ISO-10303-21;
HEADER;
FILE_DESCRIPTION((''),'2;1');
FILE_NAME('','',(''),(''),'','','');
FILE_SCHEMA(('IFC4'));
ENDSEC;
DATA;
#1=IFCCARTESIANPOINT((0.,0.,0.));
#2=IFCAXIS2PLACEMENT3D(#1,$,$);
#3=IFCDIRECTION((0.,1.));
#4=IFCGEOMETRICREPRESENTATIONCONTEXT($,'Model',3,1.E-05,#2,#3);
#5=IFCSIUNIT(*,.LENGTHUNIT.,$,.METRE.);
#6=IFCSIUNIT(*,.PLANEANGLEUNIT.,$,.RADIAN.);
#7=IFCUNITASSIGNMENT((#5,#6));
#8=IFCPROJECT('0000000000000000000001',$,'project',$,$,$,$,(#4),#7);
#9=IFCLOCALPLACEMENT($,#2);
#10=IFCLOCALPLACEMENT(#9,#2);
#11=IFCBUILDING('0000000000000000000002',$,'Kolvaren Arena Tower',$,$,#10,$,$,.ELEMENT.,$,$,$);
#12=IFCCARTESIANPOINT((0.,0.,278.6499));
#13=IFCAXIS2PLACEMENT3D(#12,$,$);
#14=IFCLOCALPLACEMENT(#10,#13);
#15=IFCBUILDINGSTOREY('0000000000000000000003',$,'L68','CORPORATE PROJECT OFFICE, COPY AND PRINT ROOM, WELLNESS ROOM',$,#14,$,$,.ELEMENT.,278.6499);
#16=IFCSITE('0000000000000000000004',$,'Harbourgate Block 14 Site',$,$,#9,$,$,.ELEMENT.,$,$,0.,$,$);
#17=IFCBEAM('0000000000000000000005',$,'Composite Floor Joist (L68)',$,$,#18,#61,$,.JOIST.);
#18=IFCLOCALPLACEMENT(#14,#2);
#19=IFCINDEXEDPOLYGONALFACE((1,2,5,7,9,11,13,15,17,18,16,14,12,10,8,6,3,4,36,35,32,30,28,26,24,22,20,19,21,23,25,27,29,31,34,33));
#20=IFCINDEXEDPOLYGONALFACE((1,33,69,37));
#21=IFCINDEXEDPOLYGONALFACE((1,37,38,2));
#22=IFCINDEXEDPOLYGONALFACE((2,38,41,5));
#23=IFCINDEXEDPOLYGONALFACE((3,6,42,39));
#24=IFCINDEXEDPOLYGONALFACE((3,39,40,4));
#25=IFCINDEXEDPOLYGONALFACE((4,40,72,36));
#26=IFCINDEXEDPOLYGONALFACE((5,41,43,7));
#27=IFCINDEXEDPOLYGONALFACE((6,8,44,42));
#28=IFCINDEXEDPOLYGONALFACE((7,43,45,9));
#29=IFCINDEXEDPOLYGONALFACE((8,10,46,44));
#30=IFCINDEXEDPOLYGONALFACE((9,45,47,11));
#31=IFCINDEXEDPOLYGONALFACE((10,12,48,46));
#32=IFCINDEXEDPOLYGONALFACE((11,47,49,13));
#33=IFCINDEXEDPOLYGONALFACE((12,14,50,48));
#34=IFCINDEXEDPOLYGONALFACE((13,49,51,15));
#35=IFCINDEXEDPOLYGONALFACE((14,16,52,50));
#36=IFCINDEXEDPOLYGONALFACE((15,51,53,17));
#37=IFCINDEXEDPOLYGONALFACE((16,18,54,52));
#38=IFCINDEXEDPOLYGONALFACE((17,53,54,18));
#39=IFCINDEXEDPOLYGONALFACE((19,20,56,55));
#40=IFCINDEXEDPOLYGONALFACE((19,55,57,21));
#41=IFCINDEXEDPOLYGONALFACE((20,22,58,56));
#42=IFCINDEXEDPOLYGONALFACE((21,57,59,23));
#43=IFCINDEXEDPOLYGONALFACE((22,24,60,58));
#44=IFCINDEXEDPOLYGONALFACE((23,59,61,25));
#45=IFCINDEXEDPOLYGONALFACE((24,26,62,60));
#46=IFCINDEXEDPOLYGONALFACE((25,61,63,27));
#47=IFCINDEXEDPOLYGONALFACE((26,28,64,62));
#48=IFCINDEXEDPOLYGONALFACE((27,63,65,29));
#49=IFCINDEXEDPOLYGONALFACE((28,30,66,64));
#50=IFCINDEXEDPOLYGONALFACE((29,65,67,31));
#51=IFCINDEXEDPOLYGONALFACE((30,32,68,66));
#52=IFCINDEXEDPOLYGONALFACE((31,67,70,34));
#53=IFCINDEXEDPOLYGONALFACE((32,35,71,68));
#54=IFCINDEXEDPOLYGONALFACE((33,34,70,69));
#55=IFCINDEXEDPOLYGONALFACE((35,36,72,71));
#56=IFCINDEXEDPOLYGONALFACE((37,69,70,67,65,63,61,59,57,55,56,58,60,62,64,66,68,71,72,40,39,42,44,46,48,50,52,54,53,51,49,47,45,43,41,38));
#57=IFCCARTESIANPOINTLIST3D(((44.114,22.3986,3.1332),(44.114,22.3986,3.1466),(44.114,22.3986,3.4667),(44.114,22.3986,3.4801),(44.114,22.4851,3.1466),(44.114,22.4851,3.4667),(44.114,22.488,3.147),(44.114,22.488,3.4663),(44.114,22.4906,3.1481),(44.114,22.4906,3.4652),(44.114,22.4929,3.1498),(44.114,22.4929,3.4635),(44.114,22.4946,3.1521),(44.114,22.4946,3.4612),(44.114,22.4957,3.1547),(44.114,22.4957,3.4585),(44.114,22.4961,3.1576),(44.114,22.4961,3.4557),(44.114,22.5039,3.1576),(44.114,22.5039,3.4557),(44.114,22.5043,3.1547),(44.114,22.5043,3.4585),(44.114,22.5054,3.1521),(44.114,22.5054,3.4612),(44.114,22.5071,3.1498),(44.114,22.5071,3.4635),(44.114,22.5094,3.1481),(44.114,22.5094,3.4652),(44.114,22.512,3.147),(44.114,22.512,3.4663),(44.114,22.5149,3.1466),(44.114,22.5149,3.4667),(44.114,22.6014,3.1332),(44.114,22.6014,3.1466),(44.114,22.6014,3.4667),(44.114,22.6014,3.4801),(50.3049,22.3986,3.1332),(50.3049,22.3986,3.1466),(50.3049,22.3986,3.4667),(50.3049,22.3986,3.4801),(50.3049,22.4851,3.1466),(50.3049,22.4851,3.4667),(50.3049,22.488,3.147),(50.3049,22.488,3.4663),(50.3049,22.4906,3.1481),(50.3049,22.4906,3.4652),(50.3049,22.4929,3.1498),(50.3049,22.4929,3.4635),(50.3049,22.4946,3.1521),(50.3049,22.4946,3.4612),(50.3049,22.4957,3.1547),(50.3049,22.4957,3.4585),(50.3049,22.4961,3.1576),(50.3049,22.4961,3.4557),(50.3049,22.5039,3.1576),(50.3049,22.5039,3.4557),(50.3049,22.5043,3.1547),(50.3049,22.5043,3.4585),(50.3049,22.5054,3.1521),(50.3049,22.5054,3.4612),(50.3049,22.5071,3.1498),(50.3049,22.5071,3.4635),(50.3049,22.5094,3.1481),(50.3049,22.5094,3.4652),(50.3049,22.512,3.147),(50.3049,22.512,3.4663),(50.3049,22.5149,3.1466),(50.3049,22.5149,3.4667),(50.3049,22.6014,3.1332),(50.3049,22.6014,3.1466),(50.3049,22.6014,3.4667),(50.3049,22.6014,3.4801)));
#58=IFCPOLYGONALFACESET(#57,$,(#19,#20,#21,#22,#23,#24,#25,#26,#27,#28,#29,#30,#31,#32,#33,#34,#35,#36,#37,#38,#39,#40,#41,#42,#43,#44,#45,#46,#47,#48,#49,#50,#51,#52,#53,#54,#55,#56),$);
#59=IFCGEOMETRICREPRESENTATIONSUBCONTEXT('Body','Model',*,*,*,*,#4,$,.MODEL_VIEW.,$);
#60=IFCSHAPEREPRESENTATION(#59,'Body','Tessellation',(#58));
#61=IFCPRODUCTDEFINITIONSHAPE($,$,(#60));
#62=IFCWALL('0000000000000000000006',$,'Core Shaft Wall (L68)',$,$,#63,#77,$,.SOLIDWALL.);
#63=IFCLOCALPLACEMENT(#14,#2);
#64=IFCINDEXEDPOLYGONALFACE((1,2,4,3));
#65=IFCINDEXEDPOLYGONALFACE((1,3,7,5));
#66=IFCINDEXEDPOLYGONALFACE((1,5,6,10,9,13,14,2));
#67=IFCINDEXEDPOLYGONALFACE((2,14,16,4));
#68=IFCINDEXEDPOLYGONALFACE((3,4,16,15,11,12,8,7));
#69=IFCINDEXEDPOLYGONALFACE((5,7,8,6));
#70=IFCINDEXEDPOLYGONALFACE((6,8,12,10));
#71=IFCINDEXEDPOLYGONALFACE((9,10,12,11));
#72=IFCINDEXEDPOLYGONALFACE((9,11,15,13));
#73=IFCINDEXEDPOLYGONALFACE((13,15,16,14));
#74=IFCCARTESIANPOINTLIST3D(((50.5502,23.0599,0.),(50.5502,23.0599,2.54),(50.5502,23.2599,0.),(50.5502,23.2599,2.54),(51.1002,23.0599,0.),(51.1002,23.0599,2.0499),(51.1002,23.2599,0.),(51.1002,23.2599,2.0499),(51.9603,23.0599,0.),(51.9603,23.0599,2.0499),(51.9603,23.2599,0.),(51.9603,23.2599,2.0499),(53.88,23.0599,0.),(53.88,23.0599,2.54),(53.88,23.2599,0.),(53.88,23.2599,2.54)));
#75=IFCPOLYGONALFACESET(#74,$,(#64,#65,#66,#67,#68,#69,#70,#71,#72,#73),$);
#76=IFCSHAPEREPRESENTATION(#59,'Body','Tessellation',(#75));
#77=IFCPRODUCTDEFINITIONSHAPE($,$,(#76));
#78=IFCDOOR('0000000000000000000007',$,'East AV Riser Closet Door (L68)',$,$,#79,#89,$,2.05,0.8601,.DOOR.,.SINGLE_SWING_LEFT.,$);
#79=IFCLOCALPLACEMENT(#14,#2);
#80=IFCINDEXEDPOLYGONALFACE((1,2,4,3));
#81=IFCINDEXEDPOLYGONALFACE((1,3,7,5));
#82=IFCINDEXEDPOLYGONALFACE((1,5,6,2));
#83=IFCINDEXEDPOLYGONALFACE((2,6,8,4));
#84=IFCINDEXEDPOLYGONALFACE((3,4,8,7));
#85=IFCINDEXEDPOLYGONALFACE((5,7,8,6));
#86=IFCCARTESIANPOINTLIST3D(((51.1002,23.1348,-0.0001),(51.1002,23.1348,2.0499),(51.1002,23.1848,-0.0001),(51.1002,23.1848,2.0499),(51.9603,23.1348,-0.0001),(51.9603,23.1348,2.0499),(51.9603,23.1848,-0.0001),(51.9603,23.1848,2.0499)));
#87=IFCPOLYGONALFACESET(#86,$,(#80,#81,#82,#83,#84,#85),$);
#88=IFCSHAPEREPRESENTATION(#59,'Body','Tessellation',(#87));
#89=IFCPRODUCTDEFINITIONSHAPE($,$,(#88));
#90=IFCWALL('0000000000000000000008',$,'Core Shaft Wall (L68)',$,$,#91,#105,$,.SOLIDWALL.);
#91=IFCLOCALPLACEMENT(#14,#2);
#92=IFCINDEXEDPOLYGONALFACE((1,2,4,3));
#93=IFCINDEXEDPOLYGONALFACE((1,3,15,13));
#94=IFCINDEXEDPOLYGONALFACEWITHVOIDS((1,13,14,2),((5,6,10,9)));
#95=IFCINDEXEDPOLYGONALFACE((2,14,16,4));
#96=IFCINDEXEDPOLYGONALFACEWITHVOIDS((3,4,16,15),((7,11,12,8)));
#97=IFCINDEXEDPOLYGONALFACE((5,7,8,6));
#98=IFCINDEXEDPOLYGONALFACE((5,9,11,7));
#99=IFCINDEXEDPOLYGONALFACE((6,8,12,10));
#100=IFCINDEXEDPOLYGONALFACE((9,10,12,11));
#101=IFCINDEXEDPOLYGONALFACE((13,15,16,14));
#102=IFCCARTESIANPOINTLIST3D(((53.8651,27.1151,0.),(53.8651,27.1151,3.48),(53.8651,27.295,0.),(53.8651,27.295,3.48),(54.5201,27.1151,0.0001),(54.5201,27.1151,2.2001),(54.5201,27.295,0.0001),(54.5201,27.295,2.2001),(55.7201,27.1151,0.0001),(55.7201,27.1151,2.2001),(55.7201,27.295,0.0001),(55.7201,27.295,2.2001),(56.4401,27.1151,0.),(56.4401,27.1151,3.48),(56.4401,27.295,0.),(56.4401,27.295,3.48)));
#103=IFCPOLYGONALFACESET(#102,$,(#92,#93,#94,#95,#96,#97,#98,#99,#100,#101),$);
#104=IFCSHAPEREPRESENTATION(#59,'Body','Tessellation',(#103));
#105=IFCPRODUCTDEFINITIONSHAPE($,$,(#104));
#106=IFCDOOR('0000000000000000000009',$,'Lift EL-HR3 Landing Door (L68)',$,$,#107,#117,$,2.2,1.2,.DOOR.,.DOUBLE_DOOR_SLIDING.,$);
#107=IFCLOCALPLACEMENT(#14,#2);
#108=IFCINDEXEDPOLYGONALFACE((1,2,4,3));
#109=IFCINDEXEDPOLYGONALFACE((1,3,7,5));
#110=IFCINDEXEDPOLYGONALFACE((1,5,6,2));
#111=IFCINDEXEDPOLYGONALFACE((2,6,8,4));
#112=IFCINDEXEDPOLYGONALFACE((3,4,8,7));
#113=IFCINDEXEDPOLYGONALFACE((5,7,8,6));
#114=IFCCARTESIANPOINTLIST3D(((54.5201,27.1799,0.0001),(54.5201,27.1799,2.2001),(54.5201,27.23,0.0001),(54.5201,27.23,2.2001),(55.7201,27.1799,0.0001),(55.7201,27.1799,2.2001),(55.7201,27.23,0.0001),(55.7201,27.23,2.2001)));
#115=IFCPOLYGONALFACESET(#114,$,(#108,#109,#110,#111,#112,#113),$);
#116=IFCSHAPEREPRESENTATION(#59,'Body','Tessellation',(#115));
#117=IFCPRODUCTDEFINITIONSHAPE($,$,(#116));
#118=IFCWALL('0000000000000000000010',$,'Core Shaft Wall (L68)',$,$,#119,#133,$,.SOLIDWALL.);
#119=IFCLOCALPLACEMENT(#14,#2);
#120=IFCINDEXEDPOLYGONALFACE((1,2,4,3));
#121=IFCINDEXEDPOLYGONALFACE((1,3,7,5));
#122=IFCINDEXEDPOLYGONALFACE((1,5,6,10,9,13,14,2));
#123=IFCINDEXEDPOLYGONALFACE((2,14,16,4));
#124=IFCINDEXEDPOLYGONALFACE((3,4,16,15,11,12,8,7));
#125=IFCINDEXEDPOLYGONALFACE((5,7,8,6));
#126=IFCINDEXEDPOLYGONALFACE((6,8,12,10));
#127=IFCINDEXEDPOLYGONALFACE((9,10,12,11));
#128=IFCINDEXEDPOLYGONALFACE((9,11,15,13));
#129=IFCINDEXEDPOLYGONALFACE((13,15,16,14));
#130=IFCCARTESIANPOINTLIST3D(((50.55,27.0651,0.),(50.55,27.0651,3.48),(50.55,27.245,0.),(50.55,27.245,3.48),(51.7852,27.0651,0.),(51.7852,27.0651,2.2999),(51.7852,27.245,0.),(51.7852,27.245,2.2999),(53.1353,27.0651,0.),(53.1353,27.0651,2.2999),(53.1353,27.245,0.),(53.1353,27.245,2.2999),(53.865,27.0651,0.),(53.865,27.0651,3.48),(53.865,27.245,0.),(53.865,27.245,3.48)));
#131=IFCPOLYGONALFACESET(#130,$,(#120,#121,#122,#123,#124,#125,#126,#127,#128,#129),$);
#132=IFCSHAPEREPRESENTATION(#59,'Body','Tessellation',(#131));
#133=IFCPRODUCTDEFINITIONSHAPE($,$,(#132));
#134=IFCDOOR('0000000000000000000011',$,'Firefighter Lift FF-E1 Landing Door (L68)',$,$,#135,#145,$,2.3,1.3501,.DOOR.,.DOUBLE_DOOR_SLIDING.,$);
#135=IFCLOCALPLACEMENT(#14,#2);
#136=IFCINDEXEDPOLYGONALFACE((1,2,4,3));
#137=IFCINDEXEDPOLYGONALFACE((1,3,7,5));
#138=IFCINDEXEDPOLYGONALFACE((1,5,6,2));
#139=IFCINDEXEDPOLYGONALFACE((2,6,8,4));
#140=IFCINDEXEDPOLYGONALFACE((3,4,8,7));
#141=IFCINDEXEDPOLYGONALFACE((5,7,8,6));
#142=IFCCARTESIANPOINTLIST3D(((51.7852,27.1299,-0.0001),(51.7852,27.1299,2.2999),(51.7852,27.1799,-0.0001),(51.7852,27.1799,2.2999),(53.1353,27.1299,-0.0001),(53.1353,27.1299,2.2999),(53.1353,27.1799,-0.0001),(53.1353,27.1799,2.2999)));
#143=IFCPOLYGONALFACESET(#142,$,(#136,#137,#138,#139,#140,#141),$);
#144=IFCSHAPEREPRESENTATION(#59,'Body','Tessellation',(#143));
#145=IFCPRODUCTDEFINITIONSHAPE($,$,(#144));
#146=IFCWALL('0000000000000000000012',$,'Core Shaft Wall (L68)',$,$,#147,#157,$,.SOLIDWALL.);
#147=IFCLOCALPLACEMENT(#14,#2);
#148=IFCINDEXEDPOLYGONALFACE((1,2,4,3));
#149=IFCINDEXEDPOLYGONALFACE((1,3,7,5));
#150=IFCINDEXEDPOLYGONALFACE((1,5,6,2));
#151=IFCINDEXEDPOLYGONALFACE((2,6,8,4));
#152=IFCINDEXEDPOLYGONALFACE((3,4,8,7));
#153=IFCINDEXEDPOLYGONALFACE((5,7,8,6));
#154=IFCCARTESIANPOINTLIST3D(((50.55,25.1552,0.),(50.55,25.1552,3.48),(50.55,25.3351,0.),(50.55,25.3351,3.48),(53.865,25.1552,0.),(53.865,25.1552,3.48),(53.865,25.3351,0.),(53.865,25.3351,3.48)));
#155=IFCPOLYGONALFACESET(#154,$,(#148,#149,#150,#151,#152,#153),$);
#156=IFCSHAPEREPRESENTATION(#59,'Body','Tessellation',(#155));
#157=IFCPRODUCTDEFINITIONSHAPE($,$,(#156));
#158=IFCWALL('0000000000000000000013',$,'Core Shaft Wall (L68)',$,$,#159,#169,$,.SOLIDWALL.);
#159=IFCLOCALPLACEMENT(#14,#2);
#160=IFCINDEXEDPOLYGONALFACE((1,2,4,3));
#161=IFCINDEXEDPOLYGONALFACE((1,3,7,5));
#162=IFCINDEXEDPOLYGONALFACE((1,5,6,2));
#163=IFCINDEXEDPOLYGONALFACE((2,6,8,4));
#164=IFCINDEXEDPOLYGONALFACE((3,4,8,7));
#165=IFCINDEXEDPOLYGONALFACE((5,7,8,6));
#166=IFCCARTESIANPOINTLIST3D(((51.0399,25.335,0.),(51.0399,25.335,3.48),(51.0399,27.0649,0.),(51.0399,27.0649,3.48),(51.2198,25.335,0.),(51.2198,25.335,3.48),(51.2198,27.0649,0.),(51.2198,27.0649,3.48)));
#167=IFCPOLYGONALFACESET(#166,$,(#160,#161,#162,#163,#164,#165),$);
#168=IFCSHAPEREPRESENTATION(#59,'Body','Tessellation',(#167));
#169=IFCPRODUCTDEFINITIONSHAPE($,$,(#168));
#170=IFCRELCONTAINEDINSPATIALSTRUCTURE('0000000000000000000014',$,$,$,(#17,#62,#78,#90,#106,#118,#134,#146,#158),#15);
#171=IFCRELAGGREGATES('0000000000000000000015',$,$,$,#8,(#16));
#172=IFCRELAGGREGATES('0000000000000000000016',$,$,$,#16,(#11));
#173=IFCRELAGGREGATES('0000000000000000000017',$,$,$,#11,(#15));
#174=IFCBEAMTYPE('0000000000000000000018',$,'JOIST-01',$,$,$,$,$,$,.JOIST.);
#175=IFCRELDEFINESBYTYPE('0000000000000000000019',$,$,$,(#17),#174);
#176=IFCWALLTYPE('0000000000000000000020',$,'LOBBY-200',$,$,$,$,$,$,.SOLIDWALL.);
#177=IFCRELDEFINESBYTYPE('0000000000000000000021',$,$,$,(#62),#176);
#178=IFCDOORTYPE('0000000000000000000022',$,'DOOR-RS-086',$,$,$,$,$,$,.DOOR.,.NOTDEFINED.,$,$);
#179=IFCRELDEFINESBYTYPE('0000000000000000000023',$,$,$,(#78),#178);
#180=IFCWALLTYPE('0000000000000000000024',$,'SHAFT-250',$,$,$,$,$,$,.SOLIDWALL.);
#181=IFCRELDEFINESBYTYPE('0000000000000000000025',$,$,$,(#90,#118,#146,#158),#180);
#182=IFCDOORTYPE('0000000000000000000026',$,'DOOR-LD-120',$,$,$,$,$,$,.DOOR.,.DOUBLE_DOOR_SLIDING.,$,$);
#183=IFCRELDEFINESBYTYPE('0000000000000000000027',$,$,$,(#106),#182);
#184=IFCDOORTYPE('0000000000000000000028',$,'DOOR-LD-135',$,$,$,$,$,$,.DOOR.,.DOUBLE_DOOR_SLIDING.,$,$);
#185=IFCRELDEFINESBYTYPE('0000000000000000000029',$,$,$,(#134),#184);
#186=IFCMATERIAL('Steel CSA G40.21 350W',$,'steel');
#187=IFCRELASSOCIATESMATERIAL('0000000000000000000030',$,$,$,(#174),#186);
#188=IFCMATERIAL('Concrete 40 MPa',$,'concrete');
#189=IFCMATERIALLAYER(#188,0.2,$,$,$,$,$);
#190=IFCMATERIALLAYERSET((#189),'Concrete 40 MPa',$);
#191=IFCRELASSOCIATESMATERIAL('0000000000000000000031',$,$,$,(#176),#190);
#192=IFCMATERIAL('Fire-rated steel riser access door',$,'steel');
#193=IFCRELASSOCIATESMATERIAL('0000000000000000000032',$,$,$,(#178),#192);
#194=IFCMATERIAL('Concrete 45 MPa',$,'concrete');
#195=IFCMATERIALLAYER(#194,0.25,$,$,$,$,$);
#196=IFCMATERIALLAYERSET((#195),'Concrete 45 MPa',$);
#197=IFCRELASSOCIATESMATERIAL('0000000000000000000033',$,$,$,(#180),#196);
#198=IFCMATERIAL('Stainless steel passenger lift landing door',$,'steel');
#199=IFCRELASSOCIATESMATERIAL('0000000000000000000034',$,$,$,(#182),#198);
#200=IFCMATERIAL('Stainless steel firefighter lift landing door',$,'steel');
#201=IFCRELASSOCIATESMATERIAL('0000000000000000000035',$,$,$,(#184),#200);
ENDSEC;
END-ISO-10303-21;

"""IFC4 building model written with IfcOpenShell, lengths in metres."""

from ifc_helpers import new_model, si_unit, direction, frame, frame_2d, origin, origin_2d, place, context, subcontext, project, spatial, rectangle, i_section, extrude, material, layer, layer_set, material_profile, profile_set, type_object, element, fill, save


model = new_model("IFC4")

# Units and contexts
model_context = context("Model", 3, precision=1e-05, world=origin(), true_north=direction((0.0, 1.0)))
body_context = subcontext(model_context, "Body", "Model", "MODEL_VIEW")
ifc_project = project(units=[si_unit("LENGTHUNIT", "METRE"), si_unit("PLANEANGLEUNIT", "RADIAN")], contexts=[model_context])

# Site, building, storey
site_placement = place(None, origin())
site = spatial("IfcSite", under=ifc_project, at=site_placement, Name="Harbourgate Block 14 Site", CompositionType="ELEMENT", RefElevation=0.0)
building_placement = place(site_placement, origin())
building = spatial("IfcBuilding", under=site, at=building_placement, Name="Kolvaren Arena Tower", CompositionType="ELEMENT")
storey_placement = place(building_placement, frame((0.0, 0.0, 278.6499)))
storey = spatial("IfcBuildingStorey", under=building, at=storey_placement, Name="L68", Description="CORPORATE PROJECT OFFICE, COPY AND PRINT ROOM, WELLNESS ROOM", CompositionType="ELEMENT", Elevation=278.6499)

# Beam
ifc_material_1 = material(Name="Steel CSA G40.21 350W", Category="steel")
ifc_material_profile_1 = material_profile(ifc_material_1, i_section(OverallWidth=0.2029, OverallDepth=0.3469, WebThickness=0.0078, FlangeThickness=0.0134, FilletRadius=0.011, at=origin_2d()), Name="W360x64")
ifc_profile_set_1 = profile_set([ifc_material_profile_1], Name="Steel CSA G40.21 350W")
beam_type_1 = type_object("IfcBeamType", Name="JOIST-01", PredefinedType="JOIST", material=ifc_profile_set_1)
beam_1_placement = place(storey_placement, frame((44.114, 22.5, 3.3066), z_axis=(1.0, 0.0, 0.0), x_axis=(0.0, 1.0, 0.0)))
element("IfcBeam", 1, at=beam_1_placement, inside=storey, type_object=beam_type_1, Name="Composite Floor Joist (L68)", PredefinedType="JOIST", context=body_context, shape_type="SweptSolid", body=[
    extrude(i_section(OverallWidth=0.2029, OverallDepth=0.3469, WebThickness=0.0078, FlangeThickness=0.0134, FilletRadius=0.011, at=origin_2d()), origin(), (0.0, 0.0, 1.0), 6.1909),
])

# Shared definitions
ifc_material_2 = material(Name="Concrete 40 MPa", Category="concrete")
ifc_layer_1 = layer(ifc_material_2, 0.2)
ifc_layer_set_1 = layer_set([ifc_layer_1], Name="Concrete 40 MPa")
wall_type_1 = type_object("IfcWallType", Name="LOBBY-200", PredefinedType="SOLIDWALL", material=ifc_layer_set_1)

# Walls, openings, doors
wall_1_placement = place(storey_placement, frame((50.55, 23.1599, 0.0), z_axis=(0.0, 0.0, 1.0), x_axis=(1.0, 0.0, 0.0)))
wall_1 = element("IfcWall", 2, at=wall_1_placement, inside=storey, type_object=wall_type_1, Name="Core Shaft Wall (L68)", PredefinedType="SOLIDWALL", context=body_context, shape_type="SweptSolid", body=[
    extrude(rectangle(XDim=3.3298, YDim=0.2, at=frame_2d((1.665, 0.0))), origin(), (0.0, 0.0, 1.0), 2.54),
])
opening_1_placement = place(wall_1_placement, frame((0.55, 0.0, 0.0)))
opening_1 = element("IfcOpeningElement", 3, at=opening_1_placement, cuts=wall_1, PredefinedType="OPENING", context=body_context, shape_type="SweptSolid", body=[
    extrude(rectangle(XDim=0.8601, YDim=2.05, at=frame_2d((0.4302, 1.0249))), frame((0.0, 0.1099, 0.0), z_axis=(0.0, -1.0, 0.0), x_axis=(1.0, 0.0, 0.0)), (0.0, 0.0, 1.0), 0.22),
])
ifc_material_3 = material(Name="Fire-rated steel riser access door", Category="steel")
door_type_1 = type_object("IfcDoorType", Name="DOOR-RS-086", OperationType="NOTDEFINED", PredefinedType="DOOR", material=ifc_material_3)
door_1_placement = place(opening_1_placement, origin())
door_1 = element("IfcDoor", 4, at=door_1_placement, inside=storey, type_object=door_type_1, Name="East AV Riser Closet Door (L68)", OperationType="SINGLE_SWING_LEFT", OverallHeight=2.05, OverallWidth=0.8601, PredefinedType="DOOR", context=body_context, shape_type="SweptSolid", body=[
    extrude(rectangle(XDim=0.8601, YDim=2.05, at=frame_2d((0.4302, 1.0249))), frame((0.0, 0.0249, 0.0), z_axis=(0.0, -1.0, 0.0), x_axis=(1.0, 0.0, 0.0)), (0.0, 0.0, 1.0), 0.05),
])
fill(opening_1, door_1)
ifc_material_4 = material(Name="Concrete 45 MPa", Category="concrete")
ifc_layer_2 = layer(ifc_material_4, 0.25)
ifc_layer_set_2 = layer_set([ifc_layer_2], Name="Concrete 45 MPa")
wall_type_2 = type_object("IfcWallType", Name="SHAFT-250", PredefinedType="SOLIDWALL", material=ifc_layer_set_2)
wall_2_placement = place(storey_placement, frame((53.865, 27.2051, 0.0), z_axis=(0.0, 0.0, 1.0), x_axis=(1.0, 0.0, 0.0)))
wall_2 = element("IfcWall", 5, at=wall_2_placement, inside=storey, type_object=wall_type_2, Name="Core Shaft Wall (L68)", PredefinedType="SOLIDWALL", context=body_context, shape_type="SweptSolid", body=[
    extrude(rectangle(XDim=2.575, YDim=0.1799, at=frame_2d((1.2876, 0.0))), origin(), (0.0, 0.0, 1.0), 3.48),
])
opening_2_placement = place(wall_2_placement, frame((0.655, 0.0, 0.0)))
opening_2 = element("IfcOpeningElement", 6, at=opening_2_placement, cuts=wall_2, PredefinedType="OPENING", context=body_context, shape_type="SweptSolid", body=[
    extrude(rectangle(XDim=1.2, YDim=2.2, at=frame_2d((0.6001, 1.1001))), frame((0.0, 0.0999, 0.0), z_axis=(0.0, -1.0, 0.0), x_axis=(1.0, 0.0, 0.0)), (0.0, 0.0, 1.0), 0.2),
])
ifc_material_5 = material(Name="Stainless steel passenger lift landing door", Category="steel")
door_type_2 = type_object("IfcDoorType", Name="DOOR-LD-120", OperationType="DOUBLE_DOOR_SLIDING", PredefinedType="DOOR", material=ifc_material_5)
door_2_placement = place(opening_2_placement, origin())
door_2 = element("IfcDoor", 7, at=door_2_placement, inside=storey, type_object=door_type_2, Name="Lift EL-HR3 Landing Door (L68)", OperationType="DOUBLE_DOOR_SLIDING", OverallHeight=2.2, OverallWidth=1.2, PredefinedType="DOOR", context=body_context, shape_type="SweptSolid", body=[
    extrude(rectangle(XDim=1.2, YDim=2.2, at=frame_2d((0.6001, 1.1001))), frame((0.0, 0.0249, 0.0), z_axis=(0.0, -1.0, 0.0), x_axis=(1.0, 0.0, 0.0)), (0.0, 0.0, 1.0), 0.05),
])
fill(opening_2, door_2)
wall_3_placement = place(storey_placement, frame((50.55, 27.155, 0.0), z_axis=(0.0, 0.0, 1.0), x_axis=(1.0, 0.0, 0.0)))
wall_3 = element("IfcWall", 8, at=wall_3_placement, inside=storey, type_object=wall_type_2, Name="Core Shaft Wall (L68)", PredefinedType="SOLIDWALL", context=body_context, shape_type="SweptSolid", body=[
    extrude(rectangle(XDim=3.3149, YDim=0.1799, at=frame_2d((1.6575, 0.0))), origin(), (0.0, 0.0, 1.0), 3.48),
])
opening_3_placement = place(wall_3_placement, frame((1.2351, 0.0, 0.0)))
opening_3 = element("IfcOpeningElement", 9, at=opening_3_placement, cuts=wall_3, PredefinedType="OPENING", context=body_context, shape_type="SweptSolid", body=[
    extrude(rectangle(XDim=1.3501, YDim=2.3, at=frame_2d((0.675, 1.1499))), frame((0.0, 0.0999, 0.0), z_axis=(0.0, -1.0, 0.0), x_axis=(1.0, 0.0, 0.0)), (0.0, 0.0, 1.0), 0.2),
])
ifc_material_6 = material(Name="Stainless steel firefighter lift landing door", Category="steel")
door_type_3 = type_object("IfcDoorType", Name="DOOR-LD-135", OperationType="DOUBLE_DOOR_SLIDING", PredefinedType="DOOR", material=ifc_material_6)
door_3_placement = place(opening_3_placement, origin())
door_3 = element("IfcDoor", 10, at=door_3_placement, inside=storey, type_object=door_type_3, Name="Firefighter Lift FF-E1 Landing Door (L68)", OperationType="DOUBLE_DOOR_SLIDING", OverallHeight=2.3, OverallWidth=1.3501, PredefinedType="DOOR", context=body_context, shape_type="SweptSolid", body=[
    extrude(rectangle(XDim=1.3501, YDim=2.3, at=frame_2d((0.675, 1.1499))), frame((0.0, 0.0249, 0.0), z_axis=(0.0, -1.0, 0.0), x_axis=(1.0, 0.0, 0.0)), (0.0, 0.0, 1.0), 0.05),
])
fill(opening_3, door_3)

# Walls
wall_4_placement = place(storey_placement, frame((50.55, 25.2451, 0.0), z_axis=(0.0, 0.0, 1.0), x_axis=(1.0, 0.0, 0.0)))
element("IfcWall", 11, at=wall_4_placement, inside=storey, type_object=wall_type_2, Name="Core Shaft Wall (L68)", PredefinedType="SOLIDWALL", context=body_context, shape_type="SweptSolid", body=[
    extrude(rectangle(XDim=3.3149, YDim=0.1799, at=frame_2d((1.6575, 0.0))), origin(), (0.0, 0.0, 1.0), 3.48),
])
wall_5_placement = place(storey_placement, frame((51.1299, 25.335, 0.0), z_axis=(0.0, 0.0, 1.0), x_axis=(0.0, 1.0, 0.0)))
element("IfcWall", 12, at=wall_5_placement, inside=storey, type_object=wall_type_2, Name="Core Shaft Wall (L68)", PredefinedType="SOLIDWALL", context=body_context, shape_type="SweptSolid", body=[
    extrude(rectangle(XDim=1.73, YDim=0.1799, at=frame_2d((0.865, 0.0))), origin(), (0.0, 0.0, 1.0), 3.48),
])

save(model, "model.ifc")
